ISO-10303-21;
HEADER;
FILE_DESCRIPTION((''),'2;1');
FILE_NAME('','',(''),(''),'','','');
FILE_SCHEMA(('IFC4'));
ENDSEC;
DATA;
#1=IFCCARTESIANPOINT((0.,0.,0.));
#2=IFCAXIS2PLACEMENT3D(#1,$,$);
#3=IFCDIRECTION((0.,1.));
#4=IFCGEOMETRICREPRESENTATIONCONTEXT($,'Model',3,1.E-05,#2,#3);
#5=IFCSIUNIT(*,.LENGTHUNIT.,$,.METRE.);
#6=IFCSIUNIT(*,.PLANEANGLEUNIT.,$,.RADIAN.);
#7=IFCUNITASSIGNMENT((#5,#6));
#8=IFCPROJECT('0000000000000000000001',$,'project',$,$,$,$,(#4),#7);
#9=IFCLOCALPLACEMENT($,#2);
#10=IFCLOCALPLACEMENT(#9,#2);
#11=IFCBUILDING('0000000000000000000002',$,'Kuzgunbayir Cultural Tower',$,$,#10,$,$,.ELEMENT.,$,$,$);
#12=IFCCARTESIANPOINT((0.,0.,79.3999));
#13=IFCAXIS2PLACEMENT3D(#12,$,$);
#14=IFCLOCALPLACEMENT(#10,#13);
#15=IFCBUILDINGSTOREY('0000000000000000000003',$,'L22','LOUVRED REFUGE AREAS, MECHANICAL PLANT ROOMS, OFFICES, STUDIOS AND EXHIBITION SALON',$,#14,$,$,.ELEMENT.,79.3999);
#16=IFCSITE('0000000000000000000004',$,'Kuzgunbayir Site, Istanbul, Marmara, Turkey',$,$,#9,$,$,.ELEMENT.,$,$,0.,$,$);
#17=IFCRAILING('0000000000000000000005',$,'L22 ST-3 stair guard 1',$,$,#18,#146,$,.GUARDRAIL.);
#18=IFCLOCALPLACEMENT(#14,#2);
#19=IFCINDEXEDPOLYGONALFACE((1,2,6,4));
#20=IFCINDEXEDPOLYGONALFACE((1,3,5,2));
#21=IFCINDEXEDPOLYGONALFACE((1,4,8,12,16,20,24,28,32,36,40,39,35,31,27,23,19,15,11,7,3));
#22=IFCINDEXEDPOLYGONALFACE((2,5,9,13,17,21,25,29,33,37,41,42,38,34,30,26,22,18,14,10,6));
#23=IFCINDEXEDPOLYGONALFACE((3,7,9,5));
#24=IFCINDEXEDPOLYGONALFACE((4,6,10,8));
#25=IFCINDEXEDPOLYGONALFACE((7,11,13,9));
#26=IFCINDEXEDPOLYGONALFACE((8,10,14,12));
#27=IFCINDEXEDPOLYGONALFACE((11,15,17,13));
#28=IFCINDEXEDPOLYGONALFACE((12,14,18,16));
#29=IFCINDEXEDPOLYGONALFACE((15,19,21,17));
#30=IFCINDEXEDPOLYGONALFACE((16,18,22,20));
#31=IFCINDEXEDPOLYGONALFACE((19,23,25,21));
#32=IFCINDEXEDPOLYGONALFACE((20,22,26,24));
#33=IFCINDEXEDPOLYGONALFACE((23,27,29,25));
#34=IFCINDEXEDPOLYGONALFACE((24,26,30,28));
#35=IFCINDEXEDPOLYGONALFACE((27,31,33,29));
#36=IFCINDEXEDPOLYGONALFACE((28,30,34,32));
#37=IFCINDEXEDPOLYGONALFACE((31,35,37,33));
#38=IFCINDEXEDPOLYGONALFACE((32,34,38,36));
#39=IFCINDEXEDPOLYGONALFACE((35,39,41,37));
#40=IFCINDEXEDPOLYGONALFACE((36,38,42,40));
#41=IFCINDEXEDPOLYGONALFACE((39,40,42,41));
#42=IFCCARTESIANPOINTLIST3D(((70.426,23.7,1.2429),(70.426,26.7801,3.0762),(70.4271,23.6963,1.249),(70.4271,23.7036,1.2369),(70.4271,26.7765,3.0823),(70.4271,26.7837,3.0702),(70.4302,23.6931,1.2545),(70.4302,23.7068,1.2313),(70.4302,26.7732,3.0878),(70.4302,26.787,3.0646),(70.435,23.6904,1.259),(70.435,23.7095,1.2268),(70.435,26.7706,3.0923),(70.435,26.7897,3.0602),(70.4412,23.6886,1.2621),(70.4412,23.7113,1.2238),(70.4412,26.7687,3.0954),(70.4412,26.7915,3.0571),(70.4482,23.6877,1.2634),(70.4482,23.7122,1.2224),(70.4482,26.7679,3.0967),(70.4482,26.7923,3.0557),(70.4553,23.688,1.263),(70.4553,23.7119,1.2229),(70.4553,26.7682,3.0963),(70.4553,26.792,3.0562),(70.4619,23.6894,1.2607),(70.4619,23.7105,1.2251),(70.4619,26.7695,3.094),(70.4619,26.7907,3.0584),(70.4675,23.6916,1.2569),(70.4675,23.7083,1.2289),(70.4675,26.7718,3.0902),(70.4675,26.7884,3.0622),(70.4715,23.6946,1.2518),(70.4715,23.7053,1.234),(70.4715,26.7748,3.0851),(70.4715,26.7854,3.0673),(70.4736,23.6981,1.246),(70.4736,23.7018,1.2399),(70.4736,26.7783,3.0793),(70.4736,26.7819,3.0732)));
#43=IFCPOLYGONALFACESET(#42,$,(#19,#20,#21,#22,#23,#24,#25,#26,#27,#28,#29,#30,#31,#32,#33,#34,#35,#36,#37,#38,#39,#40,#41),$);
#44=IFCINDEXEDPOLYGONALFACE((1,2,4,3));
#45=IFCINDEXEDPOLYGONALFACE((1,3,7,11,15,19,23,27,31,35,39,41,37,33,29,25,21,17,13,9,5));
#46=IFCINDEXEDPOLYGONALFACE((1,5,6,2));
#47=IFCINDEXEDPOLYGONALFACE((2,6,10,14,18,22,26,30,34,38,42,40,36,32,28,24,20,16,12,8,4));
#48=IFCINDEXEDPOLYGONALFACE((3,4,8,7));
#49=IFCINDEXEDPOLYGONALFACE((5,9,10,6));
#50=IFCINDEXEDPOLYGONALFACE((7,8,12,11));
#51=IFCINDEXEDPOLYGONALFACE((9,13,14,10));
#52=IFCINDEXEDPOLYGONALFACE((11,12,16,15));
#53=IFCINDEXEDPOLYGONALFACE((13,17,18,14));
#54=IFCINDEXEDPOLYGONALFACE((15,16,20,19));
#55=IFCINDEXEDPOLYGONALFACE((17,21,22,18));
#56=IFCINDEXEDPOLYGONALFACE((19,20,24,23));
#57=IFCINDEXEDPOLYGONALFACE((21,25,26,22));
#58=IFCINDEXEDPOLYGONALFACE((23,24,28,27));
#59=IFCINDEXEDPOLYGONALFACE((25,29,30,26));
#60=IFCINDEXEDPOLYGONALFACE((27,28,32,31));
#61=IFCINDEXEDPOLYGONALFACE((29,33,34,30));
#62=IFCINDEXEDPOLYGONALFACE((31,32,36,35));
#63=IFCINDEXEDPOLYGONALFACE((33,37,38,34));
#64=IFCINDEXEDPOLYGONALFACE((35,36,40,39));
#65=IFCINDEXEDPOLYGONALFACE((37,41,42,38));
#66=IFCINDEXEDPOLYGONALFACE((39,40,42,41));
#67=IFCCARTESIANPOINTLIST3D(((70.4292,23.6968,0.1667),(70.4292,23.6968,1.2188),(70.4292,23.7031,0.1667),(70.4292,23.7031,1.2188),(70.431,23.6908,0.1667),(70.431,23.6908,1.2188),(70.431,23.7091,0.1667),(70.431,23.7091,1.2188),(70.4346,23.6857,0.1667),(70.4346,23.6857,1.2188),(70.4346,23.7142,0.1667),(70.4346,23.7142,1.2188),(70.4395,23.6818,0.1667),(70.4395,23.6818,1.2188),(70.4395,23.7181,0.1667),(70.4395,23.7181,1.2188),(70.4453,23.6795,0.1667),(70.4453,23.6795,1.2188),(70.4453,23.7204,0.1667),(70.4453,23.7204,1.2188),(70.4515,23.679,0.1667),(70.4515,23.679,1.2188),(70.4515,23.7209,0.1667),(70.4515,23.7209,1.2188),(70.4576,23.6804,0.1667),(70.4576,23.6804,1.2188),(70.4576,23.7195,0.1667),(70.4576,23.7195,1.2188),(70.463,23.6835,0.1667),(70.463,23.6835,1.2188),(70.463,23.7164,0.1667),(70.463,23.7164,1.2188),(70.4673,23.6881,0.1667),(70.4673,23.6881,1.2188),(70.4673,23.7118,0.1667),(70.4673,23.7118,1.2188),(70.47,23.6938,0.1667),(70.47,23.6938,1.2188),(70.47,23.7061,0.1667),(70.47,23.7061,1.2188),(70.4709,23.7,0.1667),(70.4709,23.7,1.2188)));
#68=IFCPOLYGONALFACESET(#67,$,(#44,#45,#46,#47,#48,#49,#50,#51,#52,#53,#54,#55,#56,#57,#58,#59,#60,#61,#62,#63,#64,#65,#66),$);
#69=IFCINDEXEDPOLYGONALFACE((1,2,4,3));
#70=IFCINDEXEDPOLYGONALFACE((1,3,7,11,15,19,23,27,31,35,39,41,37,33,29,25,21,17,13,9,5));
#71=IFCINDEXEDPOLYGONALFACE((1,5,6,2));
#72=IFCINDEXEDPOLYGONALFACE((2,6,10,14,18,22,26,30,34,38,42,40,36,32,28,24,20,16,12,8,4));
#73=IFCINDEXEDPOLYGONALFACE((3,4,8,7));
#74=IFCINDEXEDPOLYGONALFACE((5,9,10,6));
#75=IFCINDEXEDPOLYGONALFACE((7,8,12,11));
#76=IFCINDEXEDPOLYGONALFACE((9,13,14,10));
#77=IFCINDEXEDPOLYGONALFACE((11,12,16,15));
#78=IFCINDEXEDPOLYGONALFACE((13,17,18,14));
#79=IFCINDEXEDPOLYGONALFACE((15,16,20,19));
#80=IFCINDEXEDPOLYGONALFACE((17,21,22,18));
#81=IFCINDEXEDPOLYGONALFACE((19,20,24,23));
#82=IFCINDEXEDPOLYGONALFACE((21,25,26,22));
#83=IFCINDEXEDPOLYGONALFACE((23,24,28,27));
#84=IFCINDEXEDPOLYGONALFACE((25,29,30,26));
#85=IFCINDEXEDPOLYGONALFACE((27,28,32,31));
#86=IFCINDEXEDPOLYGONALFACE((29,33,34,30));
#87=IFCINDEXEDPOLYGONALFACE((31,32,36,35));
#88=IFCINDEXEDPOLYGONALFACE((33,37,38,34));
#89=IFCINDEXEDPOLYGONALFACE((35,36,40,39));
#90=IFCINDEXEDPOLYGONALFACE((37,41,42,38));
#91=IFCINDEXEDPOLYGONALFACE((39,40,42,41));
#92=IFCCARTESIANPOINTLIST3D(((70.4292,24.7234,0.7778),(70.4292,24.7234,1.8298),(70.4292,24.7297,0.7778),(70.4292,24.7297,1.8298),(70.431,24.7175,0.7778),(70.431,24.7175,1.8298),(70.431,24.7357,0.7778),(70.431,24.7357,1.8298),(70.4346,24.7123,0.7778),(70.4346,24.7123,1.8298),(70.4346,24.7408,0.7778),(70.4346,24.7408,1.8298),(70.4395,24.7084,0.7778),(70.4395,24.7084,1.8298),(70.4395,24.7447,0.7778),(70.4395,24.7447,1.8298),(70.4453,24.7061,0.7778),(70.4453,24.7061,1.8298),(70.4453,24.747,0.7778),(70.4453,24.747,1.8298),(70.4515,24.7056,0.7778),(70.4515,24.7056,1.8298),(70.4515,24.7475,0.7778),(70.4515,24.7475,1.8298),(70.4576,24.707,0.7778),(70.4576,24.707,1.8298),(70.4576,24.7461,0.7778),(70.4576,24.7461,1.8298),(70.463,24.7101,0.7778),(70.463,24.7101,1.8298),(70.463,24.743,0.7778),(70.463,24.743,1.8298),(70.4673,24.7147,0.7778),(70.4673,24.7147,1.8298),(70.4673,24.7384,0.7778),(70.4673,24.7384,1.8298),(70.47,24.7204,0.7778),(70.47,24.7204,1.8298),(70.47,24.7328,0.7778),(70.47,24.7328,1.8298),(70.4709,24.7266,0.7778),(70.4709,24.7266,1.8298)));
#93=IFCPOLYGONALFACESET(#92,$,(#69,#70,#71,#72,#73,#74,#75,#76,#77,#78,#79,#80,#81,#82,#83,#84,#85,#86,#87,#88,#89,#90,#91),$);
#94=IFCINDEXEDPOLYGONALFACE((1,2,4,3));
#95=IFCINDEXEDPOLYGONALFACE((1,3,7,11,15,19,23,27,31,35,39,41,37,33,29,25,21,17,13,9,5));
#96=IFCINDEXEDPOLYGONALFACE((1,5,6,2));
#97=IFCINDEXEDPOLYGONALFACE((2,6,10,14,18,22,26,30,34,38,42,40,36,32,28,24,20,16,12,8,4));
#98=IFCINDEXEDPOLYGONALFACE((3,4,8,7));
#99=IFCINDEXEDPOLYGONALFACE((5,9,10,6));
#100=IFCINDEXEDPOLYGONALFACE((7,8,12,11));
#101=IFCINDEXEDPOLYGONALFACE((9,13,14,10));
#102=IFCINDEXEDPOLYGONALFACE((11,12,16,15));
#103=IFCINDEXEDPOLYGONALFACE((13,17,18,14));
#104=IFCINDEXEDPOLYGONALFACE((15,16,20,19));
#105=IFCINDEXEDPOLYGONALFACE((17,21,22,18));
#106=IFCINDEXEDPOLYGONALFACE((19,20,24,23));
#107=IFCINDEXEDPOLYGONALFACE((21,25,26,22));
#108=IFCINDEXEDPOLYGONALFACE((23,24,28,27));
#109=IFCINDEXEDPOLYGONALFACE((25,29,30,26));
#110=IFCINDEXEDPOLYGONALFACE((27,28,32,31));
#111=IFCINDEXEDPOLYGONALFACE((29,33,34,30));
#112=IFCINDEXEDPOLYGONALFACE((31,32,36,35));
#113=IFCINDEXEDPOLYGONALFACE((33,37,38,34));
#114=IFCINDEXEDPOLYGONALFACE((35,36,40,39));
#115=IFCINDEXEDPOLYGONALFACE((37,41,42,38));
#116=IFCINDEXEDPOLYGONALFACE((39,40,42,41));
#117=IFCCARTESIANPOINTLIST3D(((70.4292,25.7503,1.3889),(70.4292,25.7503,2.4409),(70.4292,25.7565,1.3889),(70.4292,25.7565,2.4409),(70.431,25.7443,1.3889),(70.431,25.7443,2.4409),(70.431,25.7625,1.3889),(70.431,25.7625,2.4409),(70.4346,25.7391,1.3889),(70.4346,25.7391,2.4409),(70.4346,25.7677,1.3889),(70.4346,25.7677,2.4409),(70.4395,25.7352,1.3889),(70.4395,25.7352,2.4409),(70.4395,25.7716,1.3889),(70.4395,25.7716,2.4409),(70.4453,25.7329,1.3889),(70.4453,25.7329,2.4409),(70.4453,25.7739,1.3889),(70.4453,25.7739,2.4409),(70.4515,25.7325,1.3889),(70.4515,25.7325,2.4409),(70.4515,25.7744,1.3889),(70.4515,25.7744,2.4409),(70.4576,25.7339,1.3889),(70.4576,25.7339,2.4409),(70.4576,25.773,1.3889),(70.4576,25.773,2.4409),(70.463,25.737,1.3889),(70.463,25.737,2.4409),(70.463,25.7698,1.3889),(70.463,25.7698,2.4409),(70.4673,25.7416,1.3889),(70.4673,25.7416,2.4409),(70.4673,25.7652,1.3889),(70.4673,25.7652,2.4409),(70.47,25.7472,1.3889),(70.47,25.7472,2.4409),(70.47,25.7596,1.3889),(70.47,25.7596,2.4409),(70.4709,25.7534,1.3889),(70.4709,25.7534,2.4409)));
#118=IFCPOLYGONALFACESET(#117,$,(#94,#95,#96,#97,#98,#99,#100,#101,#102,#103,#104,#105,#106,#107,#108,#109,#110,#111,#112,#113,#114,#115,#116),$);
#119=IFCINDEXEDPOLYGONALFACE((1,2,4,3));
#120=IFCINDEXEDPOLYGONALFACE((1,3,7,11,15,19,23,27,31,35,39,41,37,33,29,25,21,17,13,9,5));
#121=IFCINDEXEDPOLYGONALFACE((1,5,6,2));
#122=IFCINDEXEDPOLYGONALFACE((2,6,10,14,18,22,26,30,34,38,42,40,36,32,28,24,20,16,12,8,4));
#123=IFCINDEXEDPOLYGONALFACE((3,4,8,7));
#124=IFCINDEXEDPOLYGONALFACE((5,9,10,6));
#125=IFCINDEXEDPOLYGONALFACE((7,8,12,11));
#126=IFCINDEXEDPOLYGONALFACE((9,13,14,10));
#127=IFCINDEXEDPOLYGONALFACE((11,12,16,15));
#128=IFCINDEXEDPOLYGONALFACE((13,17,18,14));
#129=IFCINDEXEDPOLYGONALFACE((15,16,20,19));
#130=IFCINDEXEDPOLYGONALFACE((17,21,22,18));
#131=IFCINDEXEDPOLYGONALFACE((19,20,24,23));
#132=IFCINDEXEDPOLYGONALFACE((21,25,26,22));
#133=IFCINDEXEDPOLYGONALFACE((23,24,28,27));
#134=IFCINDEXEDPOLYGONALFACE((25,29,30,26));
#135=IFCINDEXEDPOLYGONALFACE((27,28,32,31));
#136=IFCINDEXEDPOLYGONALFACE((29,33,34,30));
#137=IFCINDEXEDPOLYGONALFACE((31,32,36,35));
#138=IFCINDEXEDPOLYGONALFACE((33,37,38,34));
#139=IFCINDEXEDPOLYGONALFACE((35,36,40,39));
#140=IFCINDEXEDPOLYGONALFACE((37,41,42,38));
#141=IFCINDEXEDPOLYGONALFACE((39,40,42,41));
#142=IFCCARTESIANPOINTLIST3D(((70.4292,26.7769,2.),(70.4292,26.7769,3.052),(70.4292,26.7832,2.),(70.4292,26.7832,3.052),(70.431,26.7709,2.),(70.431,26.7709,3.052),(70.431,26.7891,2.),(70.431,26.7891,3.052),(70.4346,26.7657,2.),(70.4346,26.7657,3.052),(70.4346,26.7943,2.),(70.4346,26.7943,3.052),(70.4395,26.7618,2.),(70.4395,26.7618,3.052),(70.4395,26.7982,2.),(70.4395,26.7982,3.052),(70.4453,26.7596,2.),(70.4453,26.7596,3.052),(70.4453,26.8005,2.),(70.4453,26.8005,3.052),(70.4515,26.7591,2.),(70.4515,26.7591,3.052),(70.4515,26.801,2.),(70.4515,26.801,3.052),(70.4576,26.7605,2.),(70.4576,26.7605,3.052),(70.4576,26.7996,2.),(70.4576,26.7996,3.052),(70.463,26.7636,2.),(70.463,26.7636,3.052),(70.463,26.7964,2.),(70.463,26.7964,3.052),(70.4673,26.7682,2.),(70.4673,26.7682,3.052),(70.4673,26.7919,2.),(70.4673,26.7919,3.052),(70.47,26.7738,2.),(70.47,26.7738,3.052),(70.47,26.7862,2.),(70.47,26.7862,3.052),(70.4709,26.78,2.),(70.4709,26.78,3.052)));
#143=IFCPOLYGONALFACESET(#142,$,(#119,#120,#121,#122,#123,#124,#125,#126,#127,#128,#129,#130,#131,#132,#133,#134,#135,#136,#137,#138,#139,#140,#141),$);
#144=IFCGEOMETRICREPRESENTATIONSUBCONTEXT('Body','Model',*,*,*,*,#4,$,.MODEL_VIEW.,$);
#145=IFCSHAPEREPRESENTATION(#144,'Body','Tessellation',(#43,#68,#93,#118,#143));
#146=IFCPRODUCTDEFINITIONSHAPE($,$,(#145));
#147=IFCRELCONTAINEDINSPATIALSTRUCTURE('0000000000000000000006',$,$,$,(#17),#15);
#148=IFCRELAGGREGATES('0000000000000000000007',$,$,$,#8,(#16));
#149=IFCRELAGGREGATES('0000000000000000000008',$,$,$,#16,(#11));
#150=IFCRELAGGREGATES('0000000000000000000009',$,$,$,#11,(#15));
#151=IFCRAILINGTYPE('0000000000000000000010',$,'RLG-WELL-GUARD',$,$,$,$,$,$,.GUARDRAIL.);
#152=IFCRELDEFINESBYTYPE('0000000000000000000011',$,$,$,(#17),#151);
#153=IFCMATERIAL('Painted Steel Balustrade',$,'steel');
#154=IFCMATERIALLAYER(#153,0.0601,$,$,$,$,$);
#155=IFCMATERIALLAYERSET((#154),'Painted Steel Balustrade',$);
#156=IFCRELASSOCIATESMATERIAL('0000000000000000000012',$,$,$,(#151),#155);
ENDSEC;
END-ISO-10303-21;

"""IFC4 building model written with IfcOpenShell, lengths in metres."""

from ifc_helpers import new_model, si_unit, direction, frame, origin, origin_2d, place, context, subcontext, project, spatial, circle, extrude, material, layer, layer_set, type_object, element, save


model = new_model("IFC4")

# Units and contexts
model_context = context("Model", 3, precision=1e-05, world=origin(), true_north=direction((0.0, 1.0)))
body_context = subcontext(model_context, "Body", "Model", "MODEL_VIEW")
ifc_project = project(units=[si_unit("LENGTHUNIT", "METRE"), si_unit("PLANEANGLEUNIT", "RADIAN")], contexts=[model_context])

# Site, building, storey
site_placement = place(None, origin())
site = spatial("IfcSite", under=ifc_project, at=site_placement, Name="Kuzgunbayir Site, Istanbul, Marmara, Turkey", CompositionType="ELEMENT", RefElevation=0.0)
building_placement = place(site_placement, origin())
building = spatial("IfcBuilding", under=site, at=building_placement, Name="Kuzgunbayir Cultural Tower", CompositionType="ELEMENT")
storey_placement = place(building_placement, frame((0.0, 0.0, 79.3999)))
storey = spatial("IfcBuildingStorey", under=building, at=storey_placement, Name="L22", Description="LOUVRED REFUGE AREAS, MECHANICAL PLANT ROOMS, OFFICES, STUDIOS AND EXHIBITION SALON", CompositionType="ELEMENT", Elevation=79.3999)

# Railing
ifc_material_1 = material(Name="Painted Steel Balustrade", Category="steel")
ifc_layer_1 = layer(ifc_material_1, 0.0601)
ifc_layer_set_1 = layer_set([ifc_layer_1], Name="Painted Steel Balustrade")
railing_type_1 = type_object("IfcRailingType", Name="RLG-WELL-GUARD", PredefinedType="GUARDRAIL", material=ifc_layer_set_1)
railing_1_placement = place(storey_placement, frame((70.45, 23.7, 0.1667)))
element("IfcRailing", 1, at=railing_1_placement, inside=storey, type_object=railing_type_1, Name="L22 ST-3 stair guard 1", PredefinedType="GUARDRAIL", context=body_context, shape_type="SweptSolid", body=[
    extrude(circle(Radius=0.0239, at=origin_2d()), frame((0.0, 0.0, 1.0762), z_axis=(0.0, 0.859309, 0.511458), x_axis=(-1.0, 0.0, 0.0)), (0.0, 0.0, 1.0), 3.5845),
    extrude(circle(Radius=0.021, at=origin_2d()), origin(), (0.0, 0.0, 1.0), 1.052),
    extrude(circle(Radius=0.021, at=origin_2d()), frame((0.0, 1.0266, 0.6111)), (0.0, 0.0, 1.0), 1.052),
    extrude(circle(Radius=0.021, at=origin_2d()), frame((0.0, 2.0535, 1.2222)), (0.0, 0.0, 1.0), 1.052),
    extrude(circle(Radius=0.021, at=origin_2d()), frame((0.0, 3.0801, 1.8333)), (0.0, 0.0, 1.0), 1.052),
])

save(model, "model.ifc")
